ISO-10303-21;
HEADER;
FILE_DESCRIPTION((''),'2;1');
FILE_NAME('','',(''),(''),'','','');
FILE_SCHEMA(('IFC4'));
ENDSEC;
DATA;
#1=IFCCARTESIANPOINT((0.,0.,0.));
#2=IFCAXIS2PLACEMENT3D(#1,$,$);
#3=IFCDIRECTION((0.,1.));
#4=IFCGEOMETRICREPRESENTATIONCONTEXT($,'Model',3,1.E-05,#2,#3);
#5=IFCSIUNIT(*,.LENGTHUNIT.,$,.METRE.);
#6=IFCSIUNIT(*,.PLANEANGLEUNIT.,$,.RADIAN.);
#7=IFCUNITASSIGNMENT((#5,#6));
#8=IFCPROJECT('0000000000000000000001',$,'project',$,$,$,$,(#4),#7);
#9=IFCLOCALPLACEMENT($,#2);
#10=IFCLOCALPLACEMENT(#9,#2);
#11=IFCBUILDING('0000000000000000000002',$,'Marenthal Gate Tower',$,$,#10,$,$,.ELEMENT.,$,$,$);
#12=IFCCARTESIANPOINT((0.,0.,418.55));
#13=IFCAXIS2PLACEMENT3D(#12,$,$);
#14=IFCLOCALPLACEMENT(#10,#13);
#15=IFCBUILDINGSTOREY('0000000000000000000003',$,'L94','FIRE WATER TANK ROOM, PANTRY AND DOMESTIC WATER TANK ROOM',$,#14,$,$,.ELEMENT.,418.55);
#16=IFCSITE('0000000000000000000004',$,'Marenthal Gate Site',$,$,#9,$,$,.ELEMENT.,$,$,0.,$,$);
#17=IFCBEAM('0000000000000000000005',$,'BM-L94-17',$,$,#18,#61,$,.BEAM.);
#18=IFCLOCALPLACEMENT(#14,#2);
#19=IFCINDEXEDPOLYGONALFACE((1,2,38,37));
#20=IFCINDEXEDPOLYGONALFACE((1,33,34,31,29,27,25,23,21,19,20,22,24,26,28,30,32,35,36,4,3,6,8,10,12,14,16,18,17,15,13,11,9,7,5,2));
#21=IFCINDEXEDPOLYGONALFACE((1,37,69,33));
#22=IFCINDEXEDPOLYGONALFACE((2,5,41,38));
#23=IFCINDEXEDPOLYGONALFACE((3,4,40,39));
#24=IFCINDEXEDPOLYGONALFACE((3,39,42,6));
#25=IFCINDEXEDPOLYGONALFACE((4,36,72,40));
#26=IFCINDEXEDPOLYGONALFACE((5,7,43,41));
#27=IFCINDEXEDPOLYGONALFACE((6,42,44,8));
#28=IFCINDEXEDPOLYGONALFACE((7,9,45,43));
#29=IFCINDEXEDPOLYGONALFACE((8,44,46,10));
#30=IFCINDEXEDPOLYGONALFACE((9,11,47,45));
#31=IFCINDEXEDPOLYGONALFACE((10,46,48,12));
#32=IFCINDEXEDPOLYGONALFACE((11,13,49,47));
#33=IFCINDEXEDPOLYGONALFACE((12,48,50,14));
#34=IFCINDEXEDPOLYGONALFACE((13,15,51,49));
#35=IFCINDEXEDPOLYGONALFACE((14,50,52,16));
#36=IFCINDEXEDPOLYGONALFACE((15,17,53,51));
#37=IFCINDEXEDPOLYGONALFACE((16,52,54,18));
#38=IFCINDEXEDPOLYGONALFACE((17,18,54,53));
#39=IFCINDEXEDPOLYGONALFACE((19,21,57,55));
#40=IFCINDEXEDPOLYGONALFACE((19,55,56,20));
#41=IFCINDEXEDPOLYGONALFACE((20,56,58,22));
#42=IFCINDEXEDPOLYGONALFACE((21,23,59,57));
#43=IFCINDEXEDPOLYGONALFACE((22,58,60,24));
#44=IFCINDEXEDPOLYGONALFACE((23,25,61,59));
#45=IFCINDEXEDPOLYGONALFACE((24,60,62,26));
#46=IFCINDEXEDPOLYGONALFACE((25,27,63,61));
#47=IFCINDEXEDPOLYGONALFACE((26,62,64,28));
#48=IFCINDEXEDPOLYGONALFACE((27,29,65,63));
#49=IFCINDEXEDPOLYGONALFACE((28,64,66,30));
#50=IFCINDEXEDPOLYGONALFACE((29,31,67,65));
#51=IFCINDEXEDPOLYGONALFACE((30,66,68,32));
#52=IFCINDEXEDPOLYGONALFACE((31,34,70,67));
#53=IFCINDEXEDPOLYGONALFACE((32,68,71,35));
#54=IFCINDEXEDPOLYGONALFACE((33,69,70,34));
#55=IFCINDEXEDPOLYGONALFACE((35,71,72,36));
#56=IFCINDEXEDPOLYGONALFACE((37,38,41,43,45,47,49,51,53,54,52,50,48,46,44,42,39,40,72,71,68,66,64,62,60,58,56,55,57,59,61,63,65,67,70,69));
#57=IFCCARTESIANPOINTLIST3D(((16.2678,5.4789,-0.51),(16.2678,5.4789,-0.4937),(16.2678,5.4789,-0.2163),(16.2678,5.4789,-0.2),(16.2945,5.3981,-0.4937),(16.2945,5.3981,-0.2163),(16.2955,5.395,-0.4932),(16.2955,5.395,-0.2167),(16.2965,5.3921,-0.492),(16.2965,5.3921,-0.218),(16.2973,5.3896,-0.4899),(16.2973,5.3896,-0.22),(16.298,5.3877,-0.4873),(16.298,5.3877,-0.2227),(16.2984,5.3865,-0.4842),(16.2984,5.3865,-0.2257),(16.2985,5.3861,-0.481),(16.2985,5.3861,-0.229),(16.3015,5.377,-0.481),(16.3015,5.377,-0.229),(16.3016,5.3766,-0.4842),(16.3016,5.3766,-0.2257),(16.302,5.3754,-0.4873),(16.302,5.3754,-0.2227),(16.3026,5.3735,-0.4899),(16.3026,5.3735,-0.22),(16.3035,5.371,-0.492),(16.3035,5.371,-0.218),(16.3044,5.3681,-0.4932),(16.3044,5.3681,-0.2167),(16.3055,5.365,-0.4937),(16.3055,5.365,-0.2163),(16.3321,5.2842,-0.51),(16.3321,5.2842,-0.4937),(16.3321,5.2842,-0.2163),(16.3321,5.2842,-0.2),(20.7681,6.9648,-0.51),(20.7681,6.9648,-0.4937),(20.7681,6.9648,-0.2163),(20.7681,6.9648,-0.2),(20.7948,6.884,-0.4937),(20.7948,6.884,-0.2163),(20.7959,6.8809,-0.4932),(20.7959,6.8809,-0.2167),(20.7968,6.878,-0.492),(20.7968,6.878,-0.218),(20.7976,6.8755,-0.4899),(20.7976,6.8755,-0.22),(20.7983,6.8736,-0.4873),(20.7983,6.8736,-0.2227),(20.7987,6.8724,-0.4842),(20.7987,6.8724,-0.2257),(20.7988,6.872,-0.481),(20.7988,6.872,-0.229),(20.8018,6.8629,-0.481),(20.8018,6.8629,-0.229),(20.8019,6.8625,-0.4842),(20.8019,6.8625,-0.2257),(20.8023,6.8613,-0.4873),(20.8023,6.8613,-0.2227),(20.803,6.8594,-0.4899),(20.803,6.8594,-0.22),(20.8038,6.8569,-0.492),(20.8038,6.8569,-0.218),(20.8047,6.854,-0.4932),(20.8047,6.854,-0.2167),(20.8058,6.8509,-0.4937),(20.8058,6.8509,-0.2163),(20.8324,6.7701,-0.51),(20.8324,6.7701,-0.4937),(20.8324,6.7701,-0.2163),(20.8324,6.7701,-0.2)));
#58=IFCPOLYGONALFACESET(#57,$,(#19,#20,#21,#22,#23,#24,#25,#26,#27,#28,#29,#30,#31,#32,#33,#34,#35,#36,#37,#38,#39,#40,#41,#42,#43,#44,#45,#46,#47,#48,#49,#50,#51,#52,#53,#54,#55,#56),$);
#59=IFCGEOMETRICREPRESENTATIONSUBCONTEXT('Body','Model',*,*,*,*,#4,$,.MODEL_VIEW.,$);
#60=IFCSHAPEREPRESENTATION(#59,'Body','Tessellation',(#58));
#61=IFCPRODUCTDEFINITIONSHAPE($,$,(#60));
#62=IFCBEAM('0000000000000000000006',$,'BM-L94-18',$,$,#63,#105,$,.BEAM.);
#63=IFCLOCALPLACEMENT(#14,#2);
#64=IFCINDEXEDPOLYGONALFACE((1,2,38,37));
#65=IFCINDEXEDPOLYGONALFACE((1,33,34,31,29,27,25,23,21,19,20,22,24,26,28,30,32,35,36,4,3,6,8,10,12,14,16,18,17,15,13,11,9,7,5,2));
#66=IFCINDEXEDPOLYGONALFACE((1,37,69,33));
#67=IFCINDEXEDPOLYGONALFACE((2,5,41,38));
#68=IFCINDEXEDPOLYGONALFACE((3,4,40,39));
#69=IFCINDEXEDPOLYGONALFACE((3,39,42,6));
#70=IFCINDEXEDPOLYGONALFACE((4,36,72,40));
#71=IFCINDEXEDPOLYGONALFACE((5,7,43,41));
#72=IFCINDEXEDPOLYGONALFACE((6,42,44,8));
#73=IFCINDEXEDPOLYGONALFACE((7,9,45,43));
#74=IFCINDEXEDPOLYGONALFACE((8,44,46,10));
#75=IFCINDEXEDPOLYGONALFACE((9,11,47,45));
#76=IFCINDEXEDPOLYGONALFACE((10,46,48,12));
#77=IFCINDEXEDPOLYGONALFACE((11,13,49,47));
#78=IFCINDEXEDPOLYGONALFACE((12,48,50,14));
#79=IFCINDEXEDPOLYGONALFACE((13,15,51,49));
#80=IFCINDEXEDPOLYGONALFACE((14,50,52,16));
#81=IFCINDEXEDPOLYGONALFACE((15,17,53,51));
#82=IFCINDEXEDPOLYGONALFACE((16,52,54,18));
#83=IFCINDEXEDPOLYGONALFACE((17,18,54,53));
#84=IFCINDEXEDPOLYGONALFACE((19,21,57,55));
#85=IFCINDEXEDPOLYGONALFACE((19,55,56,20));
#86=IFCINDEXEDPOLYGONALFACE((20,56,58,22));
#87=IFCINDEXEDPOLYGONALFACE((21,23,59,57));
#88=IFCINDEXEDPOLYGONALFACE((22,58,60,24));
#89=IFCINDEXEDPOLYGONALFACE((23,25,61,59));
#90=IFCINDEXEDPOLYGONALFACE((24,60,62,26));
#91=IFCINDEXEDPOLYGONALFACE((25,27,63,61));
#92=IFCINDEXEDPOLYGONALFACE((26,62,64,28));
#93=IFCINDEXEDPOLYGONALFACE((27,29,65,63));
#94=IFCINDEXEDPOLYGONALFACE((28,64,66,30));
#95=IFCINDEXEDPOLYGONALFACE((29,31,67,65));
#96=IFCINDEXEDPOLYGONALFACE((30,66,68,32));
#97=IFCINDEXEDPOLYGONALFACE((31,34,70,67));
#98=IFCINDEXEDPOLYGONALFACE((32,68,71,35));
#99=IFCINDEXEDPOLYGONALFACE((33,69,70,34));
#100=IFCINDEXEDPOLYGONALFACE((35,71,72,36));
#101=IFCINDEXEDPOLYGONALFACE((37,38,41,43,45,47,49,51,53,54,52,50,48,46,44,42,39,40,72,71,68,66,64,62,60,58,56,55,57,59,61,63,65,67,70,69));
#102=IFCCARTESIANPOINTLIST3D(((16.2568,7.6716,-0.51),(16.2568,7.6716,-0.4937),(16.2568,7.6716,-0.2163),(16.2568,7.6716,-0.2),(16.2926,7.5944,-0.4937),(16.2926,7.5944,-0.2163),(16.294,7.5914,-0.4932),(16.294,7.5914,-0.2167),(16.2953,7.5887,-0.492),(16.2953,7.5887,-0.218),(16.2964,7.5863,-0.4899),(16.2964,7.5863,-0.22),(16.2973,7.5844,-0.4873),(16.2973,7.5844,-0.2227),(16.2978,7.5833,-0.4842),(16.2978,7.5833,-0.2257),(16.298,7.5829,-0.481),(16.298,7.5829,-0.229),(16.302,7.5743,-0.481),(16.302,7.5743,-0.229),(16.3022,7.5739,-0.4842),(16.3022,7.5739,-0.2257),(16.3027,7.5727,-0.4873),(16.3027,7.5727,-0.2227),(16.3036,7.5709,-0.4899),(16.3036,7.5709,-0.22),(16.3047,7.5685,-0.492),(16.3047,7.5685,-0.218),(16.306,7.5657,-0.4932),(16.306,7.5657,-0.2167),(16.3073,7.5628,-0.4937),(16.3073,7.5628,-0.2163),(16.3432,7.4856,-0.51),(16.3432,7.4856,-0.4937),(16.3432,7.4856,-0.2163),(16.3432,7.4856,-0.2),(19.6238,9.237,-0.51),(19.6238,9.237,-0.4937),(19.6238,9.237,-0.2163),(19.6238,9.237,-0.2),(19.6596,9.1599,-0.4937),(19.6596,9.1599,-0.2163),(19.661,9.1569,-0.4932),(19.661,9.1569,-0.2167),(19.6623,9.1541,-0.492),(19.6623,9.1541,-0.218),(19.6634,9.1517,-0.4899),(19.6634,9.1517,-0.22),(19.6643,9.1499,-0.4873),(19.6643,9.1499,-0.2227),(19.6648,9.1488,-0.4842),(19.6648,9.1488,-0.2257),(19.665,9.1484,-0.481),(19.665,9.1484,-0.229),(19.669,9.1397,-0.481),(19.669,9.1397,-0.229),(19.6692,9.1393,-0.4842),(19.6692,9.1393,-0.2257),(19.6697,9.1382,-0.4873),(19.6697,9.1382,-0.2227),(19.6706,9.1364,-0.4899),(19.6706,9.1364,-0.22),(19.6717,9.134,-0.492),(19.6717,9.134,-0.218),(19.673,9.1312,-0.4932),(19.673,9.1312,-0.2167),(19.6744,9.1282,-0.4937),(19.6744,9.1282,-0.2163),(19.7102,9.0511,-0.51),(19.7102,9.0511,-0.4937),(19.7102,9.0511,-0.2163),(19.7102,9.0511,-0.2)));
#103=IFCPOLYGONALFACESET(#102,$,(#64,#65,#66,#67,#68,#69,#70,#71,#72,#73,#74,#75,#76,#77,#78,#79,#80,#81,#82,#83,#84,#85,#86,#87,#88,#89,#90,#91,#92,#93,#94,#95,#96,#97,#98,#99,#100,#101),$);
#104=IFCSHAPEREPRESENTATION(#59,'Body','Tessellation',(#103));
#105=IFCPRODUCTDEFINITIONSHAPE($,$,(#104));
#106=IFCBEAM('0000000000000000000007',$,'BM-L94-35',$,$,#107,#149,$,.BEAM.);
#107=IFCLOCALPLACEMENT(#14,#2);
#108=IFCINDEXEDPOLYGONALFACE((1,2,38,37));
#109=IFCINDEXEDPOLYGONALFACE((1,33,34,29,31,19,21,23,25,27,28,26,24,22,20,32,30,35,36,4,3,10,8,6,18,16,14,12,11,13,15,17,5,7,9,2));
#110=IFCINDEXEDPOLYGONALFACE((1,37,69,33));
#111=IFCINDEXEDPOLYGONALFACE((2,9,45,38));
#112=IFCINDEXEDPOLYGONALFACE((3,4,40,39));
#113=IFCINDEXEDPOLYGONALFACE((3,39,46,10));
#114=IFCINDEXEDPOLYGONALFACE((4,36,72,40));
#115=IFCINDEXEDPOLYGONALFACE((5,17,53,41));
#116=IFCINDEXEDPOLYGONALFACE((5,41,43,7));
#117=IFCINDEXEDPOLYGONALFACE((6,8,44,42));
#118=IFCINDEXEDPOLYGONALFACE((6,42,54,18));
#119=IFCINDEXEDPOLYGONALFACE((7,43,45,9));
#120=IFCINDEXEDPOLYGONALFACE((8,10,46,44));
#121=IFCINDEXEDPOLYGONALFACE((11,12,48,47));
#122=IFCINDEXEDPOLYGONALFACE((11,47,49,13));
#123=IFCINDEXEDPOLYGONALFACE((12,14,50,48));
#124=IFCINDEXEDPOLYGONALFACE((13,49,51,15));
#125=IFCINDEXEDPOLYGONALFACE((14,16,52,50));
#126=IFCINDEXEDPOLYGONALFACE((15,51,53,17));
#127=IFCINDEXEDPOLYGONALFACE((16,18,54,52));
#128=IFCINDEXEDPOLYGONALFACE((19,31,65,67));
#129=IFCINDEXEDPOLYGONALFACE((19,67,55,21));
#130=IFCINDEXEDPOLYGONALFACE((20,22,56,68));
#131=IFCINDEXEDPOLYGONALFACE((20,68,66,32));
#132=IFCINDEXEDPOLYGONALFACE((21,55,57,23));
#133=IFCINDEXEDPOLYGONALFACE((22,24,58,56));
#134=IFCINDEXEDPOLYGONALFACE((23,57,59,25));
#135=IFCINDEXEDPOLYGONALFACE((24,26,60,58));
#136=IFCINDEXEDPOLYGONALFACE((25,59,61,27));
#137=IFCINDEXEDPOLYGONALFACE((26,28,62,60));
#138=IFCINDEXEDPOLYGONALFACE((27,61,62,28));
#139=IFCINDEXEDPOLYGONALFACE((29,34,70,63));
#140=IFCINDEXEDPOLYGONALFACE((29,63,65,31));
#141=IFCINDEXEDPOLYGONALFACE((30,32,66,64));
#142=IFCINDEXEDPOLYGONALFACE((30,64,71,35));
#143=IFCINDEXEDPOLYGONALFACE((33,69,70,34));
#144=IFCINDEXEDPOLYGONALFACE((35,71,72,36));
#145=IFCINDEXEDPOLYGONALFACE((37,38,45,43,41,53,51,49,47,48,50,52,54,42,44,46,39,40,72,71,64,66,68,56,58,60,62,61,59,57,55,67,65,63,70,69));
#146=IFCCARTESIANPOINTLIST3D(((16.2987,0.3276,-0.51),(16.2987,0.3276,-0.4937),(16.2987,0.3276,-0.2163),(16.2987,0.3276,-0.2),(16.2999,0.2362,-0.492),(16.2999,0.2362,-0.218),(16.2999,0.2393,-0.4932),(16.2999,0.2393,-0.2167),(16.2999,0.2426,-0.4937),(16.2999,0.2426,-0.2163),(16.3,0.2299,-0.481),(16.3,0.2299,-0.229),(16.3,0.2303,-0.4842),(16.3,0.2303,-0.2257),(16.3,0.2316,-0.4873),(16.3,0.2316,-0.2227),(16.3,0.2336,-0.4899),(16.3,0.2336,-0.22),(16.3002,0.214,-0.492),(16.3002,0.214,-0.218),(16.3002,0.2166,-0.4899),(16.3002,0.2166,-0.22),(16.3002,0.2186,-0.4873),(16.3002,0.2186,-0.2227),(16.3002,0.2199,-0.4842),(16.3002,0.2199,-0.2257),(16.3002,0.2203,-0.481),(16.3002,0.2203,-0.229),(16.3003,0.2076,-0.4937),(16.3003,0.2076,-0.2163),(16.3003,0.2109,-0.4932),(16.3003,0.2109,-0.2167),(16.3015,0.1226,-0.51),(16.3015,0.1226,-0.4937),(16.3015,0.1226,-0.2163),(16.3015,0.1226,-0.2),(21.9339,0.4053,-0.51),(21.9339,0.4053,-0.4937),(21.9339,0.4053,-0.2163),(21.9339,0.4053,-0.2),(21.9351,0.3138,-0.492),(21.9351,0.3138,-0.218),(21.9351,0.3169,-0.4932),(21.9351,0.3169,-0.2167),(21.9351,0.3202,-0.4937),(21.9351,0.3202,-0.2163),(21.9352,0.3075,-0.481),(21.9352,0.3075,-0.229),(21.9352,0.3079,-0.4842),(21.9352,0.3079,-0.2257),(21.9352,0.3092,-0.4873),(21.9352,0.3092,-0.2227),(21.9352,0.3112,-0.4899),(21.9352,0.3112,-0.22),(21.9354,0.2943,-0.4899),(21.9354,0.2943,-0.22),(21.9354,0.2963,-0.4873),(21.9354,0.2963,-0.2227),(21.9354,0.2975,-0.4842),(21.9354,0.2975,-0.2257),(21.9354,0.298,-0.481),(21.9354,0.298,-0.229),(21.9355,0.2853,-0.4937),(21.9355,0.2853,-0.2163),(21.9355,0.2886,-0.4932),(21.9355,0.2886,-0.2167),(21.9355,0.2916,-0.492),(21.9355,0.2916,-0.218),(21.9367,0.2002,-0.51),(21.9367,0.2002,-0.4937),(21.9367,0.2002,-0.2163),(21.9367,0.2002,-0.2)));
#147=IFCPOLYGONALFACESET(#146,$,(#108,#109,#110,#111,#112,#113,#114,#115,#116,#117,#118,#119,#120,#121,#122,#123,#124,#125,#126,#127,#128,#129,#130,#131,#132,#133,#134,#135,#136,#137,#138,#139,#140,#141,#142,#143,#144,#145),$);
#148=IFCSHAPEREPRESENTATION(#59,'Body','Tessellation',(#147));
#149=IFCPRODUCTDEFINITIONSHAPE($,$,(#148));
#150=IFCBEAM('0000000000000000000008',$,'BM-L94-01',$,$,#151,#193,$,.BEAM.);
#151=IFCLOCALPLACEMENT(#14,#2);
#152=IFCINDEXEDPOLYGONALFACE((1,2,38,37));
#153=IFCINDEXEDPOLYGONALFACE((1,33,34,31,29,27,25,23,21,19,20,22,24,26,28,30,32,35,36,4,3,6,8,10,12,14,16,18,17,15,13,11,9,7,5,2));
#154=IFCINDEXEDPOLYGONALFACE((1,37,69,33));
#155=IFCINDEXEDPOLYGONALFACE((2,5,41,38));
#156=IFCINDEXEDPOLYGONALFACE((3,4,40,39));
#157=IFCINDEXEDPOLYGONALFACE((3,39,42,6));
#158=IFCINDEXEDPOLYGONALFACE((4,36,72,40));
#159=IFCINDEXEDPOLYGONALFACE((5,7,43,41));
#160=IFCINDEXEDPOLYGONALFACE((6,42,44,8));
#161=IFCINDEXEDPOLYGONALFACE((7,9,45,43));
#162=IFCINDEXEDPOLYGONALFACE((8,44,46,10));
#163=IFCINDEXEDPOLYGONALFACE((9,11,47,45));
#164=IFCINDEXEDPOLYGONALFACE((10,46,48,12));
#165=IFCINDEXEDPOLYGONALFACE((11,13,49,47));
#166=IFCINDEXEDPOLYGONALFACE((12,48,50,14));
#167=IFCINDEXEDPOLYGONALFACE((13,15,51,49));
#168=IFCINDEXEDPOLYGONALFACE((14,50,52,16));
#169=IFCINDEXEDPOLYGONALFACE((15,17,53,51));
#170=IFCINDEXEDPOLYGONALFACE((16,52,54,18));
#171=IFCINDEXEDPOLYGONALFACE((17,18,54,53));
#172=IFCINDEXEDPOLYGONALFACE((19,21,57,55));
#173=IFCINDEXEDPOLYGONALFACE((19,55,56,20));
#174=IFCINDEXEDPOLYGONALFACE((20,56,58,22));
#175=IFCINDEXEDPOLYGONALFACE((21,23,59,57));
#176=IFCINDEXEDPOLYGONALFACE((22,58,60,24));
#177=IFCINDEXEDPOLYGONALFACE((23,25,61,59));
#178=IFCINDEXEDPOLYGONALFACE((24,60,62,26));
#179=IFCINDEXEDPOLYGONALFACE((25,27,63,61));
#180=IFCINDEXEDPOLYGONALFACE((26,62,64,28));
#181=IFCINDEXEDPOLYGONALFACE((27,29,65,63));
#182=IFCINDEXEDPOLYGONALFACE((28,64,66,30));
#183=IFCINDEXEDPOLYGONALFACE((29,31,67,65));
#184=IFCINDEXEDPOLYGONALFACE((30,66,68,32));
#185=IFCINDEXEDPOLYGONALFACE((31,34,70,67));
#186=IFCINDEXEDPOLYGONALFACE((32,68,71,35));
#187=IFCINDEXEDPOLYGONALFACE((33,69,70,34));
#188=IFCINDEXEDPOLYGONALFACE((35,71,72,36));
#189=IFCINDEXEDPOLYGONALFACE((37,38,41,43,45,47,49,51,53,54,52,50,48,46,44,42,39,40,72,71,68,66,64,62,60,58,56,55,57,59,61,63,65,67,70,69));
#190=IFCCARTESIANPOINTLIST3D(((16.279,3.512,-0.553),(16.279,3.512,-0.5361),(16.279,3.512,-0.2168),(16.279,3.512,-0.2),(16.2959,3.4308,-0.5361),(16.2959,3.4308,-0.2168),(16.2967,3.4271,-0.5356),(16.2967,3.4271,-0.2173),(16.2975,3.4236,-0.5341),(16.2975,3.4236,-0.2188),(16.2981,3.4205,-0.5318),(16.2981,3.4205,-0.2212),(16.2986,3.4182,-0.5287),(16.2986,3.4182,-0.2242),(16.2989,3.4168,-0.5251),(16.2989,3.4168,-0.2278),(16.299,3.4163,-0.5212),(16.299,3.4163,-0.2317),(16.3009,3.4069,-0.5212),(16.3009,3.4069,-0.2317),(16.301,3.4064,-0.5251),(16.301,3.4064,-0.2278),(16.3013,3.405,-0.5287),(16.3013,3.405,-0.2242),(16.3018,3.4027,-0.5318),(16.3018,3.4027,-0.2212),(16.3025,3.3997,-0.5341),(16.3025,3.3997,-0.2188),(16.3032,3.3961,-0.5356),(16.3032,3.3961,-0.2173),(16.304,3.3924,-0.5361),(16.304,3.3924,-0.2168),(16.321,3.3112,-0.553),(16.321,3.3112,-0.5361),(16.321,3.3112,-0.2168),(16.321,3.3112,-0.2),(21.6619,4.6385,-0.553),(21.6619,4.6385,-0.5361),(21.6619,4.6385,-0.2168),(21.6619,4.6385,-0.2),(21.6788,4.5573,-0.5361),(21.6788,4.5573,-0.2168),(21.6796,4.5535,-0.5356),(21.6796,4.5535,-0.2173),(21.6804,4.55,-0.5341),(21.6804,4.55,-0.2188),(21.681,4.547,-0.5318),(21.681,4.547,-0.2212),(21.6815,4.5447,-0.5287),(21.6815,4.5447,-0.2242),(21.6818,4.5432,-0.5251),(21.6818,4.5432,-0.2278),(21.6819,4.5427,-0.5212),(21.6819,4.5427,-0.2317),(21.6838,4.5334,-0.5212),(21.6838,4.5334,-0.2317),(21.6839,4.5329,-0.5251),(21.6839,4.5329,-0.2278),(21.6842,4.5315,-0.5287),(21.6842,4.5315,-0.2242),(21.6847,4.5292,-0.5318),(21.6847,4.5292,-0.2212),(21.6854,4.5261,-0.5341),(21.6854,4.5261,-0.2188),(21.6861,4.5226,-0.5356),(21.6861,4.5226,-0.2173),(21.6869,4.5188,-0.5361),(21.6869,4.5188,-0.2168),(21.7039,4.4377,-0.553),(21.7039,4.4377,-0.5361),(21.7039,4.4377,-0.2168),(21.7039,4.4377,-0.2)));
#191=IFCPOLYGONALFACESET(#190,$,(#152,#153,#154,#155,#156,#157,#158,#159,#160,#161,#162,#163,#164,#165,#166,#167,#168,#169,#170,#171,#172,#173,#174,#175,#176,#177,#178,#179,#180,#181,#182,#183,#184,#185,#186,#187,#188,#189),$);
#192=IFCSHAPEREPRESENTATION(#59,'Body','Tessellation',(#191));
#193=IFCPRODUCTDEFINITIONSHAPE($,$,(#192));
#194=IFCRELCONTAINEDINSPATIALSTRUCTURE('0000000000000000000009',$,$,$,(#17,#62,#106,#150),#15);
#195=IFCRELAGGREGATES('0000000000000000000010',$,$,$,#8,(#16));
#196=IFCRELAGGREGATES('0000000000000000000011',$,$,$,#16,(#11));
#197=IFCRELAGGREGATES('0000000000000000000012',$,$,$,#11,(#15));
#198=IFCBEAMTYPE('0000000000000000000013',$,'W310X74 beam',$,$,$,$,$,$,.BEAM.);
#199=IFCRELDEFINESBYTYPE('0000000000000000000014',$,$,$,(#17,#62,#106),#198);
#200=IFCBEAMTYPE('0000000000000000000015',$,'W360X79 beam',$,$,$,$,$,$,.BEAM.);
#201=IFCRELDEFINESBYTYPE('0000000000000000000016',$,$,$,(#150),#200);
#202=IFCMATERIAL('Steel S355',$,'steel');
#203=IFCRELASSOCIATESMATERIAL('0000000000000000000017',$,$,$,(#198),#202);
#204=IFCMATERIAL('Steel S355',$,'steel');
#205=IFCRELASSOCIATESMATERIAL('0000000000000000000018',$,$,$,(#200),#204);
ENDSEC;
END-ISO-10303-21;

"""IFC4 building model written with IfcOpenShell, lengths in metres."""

from ifc_helpers import new_model, si_unit, direction, frame, origin, origin_2d, place, context, subcontext, project, spatial, i_section, extrude, material, material_profile, profile_set, type_object, element, save


model = new_model("IFC4")

# Units and contexts
model_context = context("Model", 3, precision=1e-05, world=origin(), true_north=direction((0.0, 1.0)))
body_context = subcontext(model_context, "Body", "Model", "MODEL_VIEW")
ifc_project = project(units=[si_unit("LENGTHUNIT", "METRE"), si_unit("PLANEANGLEUNIT", "RADIAN")], contexts=[model_context])

# Site, building, storey
site_placement = place(None, origin())
site = spatial("IfcSite", under=ifc_project, at=site_placement, Name="Marenthal Gate Site", CompositionType="ELEMENT", RefElevation=0.0)
building_placement = place(site_placement, origin())
building = spatial("IfcBuilding", under=site, at=building_placement, Name="Marenthal Gate Tower", CompositionType="ELEMENT")
storey_placement = place(building_placement, frame((0.0, 0.0, 418.55)))
storey = spatial("IfcBuildingStorey", under=building, at=storey_placement, Name="L94", Description="FIRE WATER TANK ROOM, PANTRY AND DOMESTIC WATER TANK ROOM", CompositionType="ELEMENT", Elevation=418.55)

# Beams
ifc_material_1 = material(Name="Steel S355", Category="steel")
ifc_material_profile_1 = material_profile(ifc_material_1, i_section(OverallWidth=0.2051, OverallDepth=0.3101, WebThickness=0.0095, FlangeThickness=0.0164, FilletRadius=0.0127, at=origin_2d()), Name="W310X74")
ifc_profile_set_1 = profile_set([ifc_material_profile_1], Name="Steel S355")
beam_type_1 = type_object("IfcBeamType", Name="W310X74 beam", PredefinedType="BEAM", material=ifc_profile_set_1)
beam_1_placement = place(storey_placement, frame((20.8003, 6.8674, -0.355), z_axis=(-0.949581, -0.313522, 0.0), x_axis=(0.313522, -0.949581, 0.0)))
element("IfcBeam", 1, at=beam_1_placement, inside=storey, type_object=beam_type_1, Name="BM-L94-17", PredefinedType="BEAM", context=body_context, shape_type="SweptSolid", body=[
    extrude(i_section(OverallWidth=0.2051, OverallDepth=0.3101, WebThickness=0.0095, FlangeThickness=0.0164, FilletRadius=0.0127, at=origin_2d()), origin(), (0.0, 0.0, 1.0), 4.7393),
])
beam_2_placement = place(storey_placement, frame((19.667, 9.144, -0.355), z_axis=(-0.906782, -0.4216, 0.0), x_axis=(0.4216, -0.906782, 0.0)))
element("IfcBeam", 2, at=beam_2_placement, inside=storey, type_object=beam_type_1, Name="BM-L94-18", PredefinedType="BEAM", context=body_context, shape_type="SweptSolid", body=[
    extrude(i_section(OverallWidth=0.2051, OverallDepth=0.3101, WebThickness=0.0095, FlangeThickness=0.0164, FilletRadius=0.0127, at=origin_2d()), origin(), (0.0, 0.0, 1.0), 3.7131),
])
beam_3_placement = place(storey_placement, frame((21.9353, 0.3027, -0.355), z_axis=(-0.999905, -0.013776, 0.0), x_axis=(0.013776, -0.999905, 0.0)))
element("IfcBeam", 3, at=beam_3_placement, inside=storey, type_object=beam_type_1, Name="BM-L94-35", PredefinedType="BEAM", context=body_context, shape_type="SweptSolid", body=[
    extrude(i_section(OverallWidth=0.2051, OverallDepth=0.3101, WebThickness=0.0095, FlangeThickness=0.0164, FilletRadius=0.0127, at=origin_2d()), origin(), (0.0, 0.0, 1.0), 5.6357),
])
ifc_material_2 = material(Name="Steel S355", Category="steel")
ifc_material_profile_2 = material_profile(ifc_material_2, i_section(OverallWidth=0.2051, OverallDepth=0.353, WebThickness=0.0095, FlangeThickness=0.0168, FilletRadius=0.0149, at=origin_2d()), Name="W360X79")
ifc_profile_set_2 = profile_set([ifc_material_profile_2], Name="Steel S355")
beam_type_2 = type_object("IfcBeamType", Name="W360X79 beam", PredefinedType="BEAM", material=ifc_profile_set_2)
beam_4_placement = place(storey_placement, frame((21.6829, 4.5381, -0.3765), z_axis=(-0.978797, -0.204833, 0.0), x_axis=(0.204833, -0.978797, 0.0)))
element("IfcBeam", 4, at=beam_4_placement, inside=storey, type_object=beam_type_2, Name="BM-L94-01", PredefinedType="BEAM", context=body_context, shape_type="SweptSolid", body=[
    extrude(i_section(OverallWidth=0.2051, OverallDepth=0.353, WebThickness=0.0095, FlangeThickness=0.0168, FilletRadius=0.0149, at=origin_2d()), origin(), (0.0, 0.0, 1.0), 5.4995),
])

save(model, "model.ifc")
